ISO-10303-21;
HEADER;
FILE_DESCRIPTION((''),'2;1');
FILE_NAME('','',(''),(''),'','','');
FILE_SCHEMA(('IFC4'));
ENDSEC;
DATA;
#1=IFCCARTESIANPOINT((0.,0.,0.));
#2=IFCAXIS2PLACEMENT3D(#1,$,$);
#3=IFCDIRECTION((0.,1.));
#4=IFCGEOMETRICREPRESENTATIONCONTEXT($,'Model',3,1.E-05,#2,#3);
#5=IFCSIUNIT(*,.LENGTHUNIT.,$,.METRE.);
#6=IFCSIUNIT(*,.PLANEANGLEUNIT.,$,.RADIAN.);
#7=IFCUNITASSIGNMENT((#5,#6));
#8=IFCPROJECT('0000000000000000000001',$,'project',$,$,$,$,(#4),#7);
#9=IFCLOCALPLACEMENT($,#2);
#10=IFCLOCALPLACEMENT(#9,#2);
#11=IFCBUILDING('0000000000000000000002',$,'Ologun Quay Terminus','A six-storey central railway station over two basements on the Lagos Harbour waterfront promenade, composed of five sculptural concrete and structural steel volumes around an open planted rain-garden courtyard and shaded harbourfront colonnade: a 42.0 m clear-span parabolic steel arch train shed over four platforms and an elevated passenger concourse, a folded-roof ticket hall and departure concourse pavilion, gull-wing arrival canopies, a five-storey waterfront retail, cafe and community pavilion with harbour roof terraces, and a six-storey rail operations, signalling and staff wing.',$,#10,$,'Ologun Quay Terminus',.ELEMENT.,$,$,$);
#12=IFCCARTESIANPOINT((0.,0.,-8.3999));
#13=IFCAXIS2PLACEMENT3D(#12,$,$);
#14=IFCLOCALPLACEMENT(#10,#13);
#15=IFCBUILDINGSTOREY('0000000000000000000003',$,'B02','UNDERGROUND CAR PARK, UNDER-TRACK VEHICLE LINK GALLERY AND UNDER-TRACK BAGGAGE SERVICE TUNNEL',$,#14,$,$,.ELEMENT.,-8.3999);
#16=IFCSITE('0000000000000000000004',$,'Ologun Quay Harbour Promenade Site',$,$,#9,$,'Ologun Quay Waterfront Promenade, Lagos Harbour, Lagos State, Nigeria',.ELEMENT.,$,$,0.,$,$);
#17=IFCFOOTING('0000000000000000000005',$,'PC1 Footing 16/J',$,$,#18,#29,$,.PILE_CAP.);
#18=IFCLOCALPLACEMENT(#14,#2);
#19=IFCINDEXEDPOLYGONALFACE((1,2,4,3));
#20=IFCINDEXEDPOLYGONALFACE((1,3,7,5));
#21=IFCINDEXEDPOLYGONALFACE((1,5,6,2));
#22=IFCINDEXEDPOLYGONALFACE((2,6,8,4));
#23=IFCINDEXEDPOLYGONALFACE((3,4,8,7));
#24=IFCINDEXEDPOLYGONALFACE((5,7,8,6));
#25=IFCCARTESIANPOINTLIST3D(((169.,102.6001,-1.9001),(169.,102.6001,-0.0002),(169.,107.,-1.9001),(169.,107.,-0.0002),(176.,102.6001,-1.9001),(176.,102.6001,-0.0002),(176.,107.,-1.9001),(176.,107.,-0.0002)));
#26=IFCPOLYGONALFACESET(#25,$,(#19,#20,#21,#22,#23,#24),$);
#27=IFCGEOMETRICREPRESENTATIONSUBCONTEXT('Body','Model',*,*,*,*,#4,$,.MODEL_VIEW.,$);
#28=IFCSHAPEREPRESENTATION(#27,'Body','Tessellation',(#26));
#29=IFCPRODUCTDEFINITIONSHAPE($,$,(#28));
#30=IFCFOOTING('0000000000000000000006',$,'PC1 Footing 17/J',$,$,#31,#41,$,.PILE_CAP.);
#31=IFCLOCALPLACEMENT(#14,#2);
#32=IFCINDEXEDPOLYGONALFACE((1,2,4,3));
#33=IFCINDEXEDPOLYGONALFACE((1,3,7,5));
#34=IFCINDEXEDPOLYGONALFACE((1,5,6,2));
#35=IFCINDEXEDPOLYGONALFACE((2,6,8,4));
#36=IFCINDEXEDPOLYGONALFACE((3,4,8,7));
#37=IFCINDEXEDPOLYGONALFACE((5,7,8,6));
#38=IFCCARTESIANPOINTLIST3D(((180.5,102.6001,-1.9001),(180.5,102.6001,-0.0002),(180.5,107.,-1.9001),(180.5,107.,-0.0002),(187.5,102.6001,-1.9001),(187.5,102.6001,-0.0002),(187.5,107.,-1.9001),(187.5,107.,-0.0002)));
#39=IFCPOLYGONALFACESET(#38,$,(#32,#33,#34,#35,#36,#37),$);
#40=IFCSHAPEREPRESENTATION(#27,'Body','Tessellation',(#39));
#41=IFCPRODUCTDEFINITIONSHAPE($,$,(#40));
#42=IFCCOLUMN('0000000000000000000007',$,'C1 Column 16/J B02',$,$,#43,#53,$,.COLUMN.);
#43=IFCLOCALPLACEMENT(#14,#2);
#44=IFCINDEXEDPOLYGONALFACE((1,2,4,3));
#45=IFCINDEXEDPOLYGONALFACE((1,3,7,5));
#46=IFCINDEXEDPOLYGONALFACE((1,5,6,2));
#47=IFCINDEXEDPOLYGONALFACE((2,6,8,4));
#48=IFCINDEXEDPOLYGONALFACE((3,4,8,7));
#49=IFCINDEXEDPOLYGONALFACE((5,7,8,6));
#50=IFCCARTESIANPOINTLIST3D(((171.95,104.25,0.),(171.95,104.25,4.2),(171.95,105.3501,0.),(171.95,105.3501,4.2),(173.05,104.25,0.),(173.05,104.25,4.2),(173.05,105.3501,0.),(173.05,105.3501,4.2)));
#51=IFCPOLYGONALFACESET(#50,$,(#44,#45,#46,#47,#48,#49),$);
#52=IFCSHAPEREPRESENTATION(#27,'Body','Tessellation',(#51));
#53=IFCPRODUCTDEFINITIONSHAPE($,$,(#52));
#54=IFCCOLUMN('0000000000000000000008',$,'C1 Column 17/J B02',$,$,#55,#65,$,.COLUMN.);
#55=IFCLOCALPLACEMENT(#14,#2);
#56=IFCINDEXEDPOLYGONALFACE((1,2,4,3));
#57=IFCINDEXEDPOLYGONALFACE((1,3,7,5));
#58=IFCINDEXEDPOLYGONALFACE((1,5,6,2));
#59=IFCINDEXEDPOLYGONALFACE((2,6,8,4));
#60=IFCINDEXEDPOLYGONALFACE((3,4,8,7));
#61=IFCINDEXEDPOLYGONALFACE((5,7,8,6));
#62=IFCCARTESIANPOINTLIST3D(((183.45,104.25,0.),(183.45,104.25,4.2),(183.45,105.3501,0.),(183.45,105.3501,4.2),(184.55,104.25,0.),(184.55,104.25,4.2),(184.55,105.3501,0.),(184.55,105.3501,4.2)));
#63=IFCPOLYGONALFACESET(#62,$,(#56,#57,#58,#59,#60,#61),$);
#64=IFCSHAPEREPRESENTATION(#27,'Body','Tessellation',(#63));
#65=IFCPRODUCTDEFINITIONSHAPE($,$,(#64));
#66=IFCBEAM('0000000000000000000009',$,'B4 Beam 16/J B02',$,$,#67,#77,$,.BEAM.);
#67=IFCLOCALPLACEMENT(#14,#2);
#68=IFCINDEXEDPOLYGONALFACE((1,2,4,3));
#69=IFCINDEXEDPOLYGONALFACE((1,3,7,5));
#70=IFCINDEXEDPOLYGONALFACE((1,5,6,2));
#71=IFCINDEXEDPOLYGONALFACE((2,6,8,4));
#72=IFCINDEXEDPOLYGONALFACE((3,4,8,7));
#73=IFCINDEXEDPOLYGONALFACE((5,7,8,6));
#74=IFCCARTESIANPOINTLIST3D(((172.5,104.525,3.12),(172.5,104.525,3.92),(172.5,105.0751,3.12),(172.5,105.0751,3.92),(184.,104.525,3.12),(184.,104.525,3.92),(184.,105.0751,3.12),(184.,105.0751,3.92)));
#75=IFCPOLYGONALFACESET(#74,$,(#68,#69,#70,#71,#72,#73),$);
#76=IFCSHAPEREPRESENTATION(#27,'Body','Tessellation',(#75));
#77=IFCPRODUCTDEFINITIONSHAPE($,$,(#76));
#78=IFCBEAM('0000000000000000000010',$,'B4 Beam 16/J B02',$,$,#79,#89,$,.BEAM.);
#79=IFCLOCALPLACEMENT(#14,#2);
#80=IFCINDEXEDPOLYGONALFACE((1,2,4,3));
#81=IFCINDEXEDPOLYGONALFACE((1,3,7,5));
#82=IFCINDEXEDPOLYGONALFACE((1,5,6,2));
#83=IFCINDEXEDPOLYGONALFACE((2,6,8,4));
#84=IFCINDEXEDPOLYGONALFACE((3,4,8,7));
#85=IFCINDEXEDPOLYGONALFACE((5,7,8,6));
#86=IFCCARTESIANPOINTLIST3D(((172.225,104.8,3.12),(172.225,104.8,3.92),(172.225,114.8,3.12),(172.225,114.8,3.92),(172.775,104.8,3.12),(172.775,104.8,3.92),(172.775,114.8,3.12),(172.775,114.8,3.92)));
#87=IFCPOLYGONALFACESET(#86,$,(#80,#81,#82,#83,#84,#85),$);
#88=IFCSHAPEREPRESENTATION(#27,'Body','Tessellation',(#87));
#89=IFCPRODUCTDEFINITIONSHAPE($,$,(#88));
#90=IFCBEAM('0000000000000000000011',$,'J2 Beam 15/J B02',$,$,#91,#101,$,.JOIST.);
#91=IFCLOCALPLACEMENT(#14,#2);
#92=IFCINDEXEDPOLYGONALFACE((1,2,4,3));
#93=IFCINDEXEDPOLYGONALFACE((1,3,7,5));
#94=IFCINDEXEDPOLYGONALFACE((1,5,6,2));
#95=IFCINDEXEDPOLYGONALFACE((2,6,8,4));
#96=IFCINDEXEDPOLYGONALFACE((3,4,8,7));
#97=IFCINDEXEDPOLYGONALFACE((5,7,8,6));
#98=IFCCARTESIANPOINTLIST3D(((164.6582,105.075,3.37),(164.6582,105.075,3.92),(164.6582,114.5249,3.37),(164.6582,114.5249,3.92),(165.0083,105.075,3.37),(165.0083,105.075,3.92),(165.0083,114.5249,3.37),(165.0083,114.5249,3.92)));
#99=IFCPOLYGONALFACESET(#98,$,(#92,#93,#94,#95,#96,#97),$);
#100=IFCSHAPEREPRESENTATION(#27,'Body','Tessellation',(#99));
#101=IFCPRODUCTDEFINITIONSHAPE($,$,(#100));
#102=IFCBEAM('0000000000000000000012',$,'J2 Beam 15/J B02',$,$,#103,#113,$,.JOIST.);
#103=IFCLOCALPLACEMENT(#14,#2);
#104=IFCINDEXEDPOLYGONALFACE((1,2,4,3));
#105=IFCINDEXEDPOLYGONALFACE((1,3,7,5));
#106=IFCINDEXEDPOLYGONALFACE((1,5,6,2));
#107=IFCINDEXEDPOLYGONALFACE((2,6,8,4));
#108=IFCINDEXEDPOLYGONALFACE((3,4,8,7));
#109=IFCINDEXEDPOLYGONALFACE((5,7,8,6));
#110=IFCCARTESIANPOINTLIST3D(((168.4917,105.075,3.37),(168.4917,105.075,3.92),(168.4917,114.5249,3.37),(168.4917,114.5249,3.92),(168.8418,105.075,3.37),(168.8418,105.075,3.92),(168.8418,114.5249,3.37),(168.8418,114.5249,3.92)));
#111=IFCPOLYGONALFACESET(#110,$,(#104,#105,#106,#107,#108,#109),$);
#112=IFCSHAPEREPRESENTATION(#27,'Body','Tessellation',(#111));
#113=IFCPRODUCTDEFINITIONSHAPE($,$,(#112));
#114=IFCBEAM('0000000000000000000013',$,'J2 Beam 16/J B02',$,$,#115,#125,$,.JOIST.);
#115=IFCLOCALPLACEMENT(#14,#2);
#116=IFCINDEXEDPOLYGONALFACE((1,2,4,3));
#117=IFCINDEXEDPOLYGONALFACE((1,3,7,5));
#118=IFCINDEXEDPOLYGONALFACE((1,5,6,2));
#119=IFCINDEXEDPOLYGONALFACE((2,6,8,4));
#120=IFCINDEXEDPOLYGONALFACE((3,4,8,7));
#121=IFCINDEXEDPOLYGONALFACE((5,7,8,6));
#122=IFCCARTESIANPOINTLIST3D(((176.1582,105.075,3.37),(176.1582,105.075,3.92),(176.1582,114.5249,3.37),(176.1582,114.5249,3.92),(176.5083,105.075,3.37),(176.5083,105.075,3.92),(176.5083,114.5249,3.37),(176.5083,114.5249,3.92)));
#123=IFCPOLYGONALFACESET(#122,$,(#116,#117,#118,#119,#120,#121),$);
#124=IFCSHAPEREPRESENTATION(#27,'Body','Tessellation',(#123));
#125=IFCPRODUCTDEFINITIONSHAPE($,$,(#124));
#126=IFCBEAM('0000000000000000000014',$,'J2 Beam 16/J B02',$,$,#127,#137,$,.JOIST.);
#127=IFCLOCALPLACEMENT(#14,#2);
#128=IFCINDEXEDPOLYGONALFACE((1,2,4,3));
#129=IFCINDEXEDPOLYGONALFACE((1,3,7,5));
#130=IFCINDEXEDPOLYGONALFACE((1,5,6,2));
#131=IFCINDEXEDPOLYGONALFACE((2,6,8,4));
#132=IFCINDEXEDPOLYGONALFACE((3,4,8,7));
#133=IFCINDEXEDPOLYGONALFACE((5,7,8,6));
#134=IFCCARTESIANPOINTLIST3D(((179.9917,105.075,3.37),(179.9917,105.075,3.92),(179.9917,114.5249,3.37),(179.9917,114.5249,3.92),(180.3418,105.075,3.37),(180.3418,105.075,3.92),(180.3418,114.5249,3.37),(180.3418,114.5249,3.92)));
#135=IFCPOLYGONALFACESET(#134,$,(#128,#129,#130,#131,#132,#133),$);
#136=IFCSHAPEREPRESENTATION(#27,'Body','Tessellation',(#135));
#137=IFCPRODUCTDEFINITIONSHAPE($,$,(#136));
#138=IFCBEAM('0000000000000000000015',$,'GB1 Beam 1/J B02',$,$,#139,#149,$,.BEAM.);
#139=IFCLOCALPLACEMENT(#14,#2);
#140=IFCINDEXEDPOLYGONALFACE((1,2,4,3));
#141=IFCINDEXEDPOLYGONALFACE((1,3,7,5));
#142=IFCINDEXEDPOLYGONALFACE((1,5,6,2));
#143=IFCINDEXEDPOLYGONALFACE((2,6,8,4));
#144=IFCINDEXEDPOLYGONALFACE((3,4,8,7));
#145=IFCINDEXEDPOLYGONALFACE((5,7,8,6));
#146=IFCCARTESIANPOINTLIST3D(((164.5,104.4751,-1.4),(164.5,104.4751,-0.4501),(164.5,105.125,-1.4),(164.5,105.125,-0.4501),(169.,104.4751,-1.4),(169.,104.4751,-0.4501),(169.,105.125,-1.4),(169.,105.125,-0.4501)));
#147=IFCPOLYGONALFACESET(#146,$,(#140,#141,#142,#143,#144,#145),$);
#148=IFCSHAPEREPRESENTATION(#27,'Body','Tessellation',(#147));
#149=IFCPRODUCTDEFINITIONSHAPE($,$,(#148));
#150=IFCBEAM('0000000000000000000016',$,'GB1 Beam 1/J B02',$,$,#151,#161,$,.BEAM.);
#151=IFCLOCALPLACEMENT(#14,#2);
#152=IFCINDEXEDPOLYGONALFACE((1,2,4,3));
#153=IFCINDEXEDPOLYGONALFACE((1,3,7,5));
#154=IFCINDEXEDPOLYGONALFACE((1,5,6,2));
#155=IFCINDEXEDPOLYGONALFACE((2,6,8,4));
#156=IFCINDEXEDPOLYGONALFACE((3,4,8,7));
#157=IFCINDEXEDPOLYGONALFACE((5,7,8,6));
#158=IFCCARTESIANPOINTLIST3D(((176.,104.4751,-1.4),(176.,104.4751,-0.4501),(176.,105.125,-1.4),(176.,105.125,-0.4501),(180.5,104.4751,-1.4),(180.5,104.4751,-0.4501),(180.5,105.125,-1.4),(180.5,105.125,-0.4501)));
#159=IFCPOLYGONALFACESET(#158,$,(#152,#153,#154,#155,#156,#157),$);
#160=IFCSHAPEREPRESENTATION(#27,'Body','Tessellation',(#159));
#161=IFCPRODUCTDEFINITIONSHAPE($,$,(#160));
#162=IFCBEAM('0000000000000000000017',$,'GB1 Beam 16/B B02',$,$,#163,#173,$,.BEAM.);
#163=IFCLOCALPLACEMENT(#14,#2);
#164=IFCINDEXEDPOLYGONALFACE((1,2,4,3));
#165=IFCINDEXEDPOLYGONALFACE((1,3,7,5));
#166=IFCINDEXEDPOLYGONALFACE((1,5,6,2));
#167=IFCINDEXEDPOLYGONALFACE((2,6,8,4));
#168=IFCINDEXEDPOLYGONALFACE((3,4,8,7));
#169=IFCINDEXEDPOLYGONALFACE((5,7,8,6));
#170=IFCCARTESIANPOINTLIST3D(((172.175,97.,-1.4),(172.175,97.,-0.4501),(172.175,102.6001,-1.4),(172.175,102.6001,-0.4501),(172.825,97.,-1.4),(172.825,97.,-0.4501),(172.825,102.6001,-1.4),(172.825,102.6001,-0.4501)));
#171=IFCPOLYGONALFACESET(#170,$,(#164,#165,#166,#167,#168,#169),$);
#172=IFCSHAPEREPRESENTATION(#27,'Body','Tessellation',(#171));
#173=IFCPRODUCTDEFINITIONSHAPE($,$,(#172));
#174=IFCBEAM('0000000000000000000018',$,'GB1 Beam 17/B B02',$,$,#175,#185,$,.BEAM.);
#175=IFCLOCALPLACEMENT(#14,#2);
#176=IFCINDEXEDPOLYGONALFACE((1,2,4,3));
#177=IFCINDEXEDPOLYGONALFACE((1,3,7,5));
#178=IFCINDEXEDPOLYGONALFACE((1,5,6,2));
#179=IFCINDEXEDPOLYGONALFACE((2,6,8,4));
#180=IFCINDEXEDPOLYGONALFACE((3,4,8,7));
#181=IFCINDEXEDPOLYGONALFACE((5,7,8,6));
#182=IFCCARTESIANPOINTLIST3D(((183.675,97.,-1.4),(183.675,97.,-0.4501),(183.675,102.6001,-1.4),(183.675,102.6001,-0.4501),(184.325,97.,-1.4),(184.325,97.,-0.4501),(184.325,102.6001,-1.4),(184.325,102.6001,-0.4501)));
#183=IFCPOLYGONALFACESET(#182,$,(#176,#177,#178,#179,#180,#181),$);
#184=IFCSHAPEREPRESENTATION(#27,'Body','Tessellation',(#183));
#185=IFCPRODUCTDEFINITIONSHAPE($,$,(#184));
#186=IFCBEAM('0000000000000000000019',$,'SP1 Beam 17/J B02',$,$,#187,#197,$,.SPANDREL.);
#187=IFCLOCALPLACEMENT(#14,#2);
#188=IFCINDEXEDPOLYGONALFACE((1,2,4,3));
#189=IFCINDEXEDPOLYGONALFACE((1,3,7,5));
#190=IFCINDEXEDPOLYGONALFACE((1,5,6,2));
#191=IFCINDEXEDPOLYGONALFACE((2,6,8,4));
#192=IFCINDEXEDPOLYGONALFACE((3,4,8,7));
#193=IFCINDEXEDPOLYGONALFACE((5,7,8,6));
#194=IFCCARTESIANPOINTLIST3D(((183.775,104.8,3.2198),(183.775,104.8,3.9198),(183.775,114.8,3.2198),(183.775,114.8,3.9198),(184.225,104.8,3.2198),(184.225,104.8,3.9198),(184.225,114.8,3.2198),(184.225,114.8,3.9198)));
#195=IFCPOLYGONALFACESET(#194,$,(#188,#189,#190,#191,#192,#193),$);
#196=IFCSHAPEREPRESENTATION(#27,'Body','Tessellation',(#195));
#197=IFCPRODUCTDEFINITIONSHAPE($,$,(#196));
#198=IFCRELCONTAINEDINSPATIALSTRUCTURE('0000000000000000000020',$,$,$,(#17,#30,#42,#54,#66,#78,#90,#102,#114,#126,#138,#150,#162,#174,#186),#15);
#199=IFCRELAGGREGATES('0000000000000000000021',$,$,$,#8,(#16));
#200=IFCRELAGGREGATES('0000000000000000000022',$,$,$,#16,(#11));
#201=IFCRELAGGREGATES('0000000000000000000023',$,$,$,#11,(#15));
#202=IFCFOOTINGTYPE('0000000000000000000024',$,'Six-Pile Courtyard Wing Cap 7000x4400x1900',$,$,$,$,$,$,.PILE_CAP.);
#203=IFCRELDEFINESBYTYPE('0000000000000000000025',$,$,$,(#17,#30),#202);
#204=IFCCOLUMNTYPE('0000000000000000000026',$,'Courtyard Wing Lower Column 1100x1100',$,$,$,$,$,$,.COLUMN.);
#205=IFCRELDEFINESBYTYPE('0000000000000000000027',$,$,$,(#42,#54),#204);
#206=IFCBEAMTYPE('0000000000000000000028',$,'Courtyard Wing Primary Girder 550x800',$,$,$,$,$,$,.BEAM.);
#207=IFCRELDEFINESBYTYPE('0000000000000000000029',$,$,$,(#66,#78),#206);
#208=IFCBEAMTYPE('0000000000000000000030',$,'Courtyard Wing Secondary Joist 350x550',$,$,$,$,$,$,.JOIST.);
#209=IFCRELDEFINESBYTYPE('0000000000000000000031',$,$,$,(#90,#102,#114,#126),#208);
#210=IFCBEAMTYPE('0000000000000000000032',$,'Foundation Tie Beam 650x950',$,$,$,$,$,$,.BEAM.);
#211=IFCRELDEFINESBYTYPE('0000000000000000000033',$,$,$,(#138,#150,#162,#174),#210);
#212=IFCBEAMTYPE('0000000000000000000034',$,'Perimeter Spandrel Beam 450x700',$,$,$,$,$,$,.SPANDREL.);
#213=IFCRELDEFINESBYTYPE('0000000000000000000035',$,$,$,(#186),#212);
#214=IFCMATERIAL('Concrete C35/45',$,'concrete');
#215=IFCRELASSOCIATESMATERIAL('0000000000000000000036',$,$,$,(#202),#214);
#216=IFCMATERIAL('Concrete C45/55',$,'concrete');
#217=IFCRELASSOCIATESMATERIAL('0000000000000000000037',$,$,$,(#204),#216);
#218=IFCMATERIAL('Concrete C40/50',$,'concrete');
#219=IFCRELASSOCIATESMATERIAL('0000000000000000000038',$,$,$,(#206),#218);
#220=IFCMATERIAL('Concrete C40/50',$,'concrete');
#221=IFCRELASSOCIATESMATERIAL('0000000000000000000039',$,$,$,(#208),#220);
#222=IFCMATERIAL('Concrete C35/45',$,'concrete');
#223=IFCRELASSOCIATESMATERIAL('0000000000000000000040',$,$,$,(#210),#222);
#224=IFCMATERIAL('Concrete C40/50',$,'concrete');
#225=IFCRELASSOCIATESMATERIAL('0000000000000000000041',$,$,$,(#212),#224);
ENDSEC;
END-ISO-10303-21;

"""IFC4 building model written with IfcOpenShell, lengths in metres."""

from ifc_helpers import new_model, si_unit, direction, frame, origin, origin_2d, place, context, subcontext, project, spatial, rectangle, extrude, material, material_profile, profile_set, type_object, element, save


model = new_model("IFC4")

# Units and contexts
model_context = context("Model", 3, precision=1e-05, world=origin(), true_north=direction((0.0, 1.0)))
body_context = subcontext(model_context, "Body", "Model", "MODEL_VIEW")
ifc_project = project(units=[si_unit("LENGTHUNIT", "METRE"), si_unit("PLANEANGLEUNIT", "RADIAN")], contexts=[model_context])

# Site, building, storey
site_placement = place(None, origin())
site = spatial("IfcSite", under=ifc_project, at=site_placement, Name="Ologun Quay Harbour Promenade Site", LongName="Ologun Quay Waterfront Promenade, Lagos Harbour, Lagos State, Nigeria", CompositionType="ELEMENT", RefElevation=0.0)
building_placement = place(site_placement, origin())
building = spatial("IfcBuilding", under=site, at=building_placement, Name="Ologun Quay Terminus", Description="A six-storey central railway station over two basements on the Lagos Harbour waterfront promenade, composed of five sculptural concrete and structural steel volumes around an open planted rain-garden courtyard and shaded harbourfront colonnade: a 42.0 m clear-span parabolic steel arch train shed over four platforms and an elevated passenger concourse, a folded-roof ticket hall and departure concourse pavilion, gull-wing arrival canopies, a five-storey waterfront retail, cafe and community pavilion with harbour roof terraces, and a six-storey rail operations, signalling and staff wing.", LongName="Ologun Quay Terminus", CompositionType="ELEMENT")
storey_placement = place(building_placement, frame((0.0, 0.0, -8.3999)))
storey = spatial("IfcBuildingStorey", under=building, at=storey_placement, Name="B02", Description="UNDERGROUND CAR PARK, UNDER-TRACK VEHICLE LINK GALLERY AND UNDER-TRACK BAGGAGE SERVICE TUNNEL", CompositionType="ELEMENT", Elevation=-8.3999)

# Footings
ifc_material_1 = material(Name="Concrete C35/45", Category="concrete")
footing_type = type_object("IfcFootingType", Name="Six-Pile Courtyard Wing Cap 7000x4400x1900", PredefinedType="PILE_CAP", material=ifc_material_1)
for number, where, z_axis, x_axis, name in (
    (1, (172.5, 104.8, -1.9001), (0.0, 0.0, 1.0), (1.0, 0.0, 0.0), "PC1 Footing 16/J"),
    (2, (184.0, 104.8, -1.9001), (0.0, 0.0, 1.0), (1.0, 0.0, 0.0), "PC1 Footing 17/J"),
):
    element("IfcFooting", number, at=place(storey_placement, frame(where, z_axis=z_axis, x_axis=x_axis)), inside=storey, type_object=footing_type, Name=name, PredefinedType="PILE_CAP", context=body_context, shape_type="SweptSolid", body=[
        extrude(rectangle(XDim=7.0, YDim=4.3999, at=origin_2d()), origin(), (0.0, 0.0, 1.0), 1.8999),
    ])

# Columns
ifc_material_2 = material(Name="Concrete C45/55", Category="concrete")
ifc_material_profile_1 = material_profile(ifc_material_2, rectangle(XDim=1.1001, YDim=1.1001, at=origin_2d()), Name="RC 1100x1100")
ifc_profile_set_1 = profile_set([ifc_material_profile_1], Name="Concrete C45/55")
column_type = type_object("IfcColumnType", Name="Courtyard Wing Lower Column 1100x1100", PredefinedType="COLUMN", material=ifc_profile_set_1)
for number, where, z_axis, x_axis, name in (
    (3, (172.5, 104.8, 0.0), (0.0, 0.0, 1.0), (1.0, 0.0, 0.0), "C1 Column 16/J B02"),
    (4, (184.0, 104.8, 0.0), (0.0, 0.0, 1.0), (1.0, 0.0, 0.0), "C1 Column 17/J B02"),
):
    element("IfcColumn", number, at=place(storey_placement, frame(where, z_axis=z_axis, x_axis=x_axis)), inside=storey, type_object=column_type, Name=name, PredefinedType="COLUMN", context=body_context, shape_type="SweptSolid", body=[
        extrude(rectangle(XDim=1.1001, YDim=1.1001, at=origin_2d()), origin(), (0.0, 0.0, 1.0), 4.2),
    ])

# Beams
ifc_material_3 = material(Name="Concrete C40/50", Category="concrete")
ifc_material_profile_2 = material_profile(ifc_material_3, rectangle(XDim=0.55, YDim=0.8, at=origin_2d()), Name="RC 550x800")
ifc_profile_set_2 = profile_set([ifc_material_profile_2], Name="Concrete C40/50")
beam_type_1 = type_object("IfcBeamType", Name="Courtyard Wing Primary Girder 550x800", PredefinedType="BEAM", material=ifc_profile_set_2)
beam_1_placement = place(storey_placement, frame((172.5, 104.8, 3.52), z_axis=(1.0, 0.0, 0.0), x_axis=(0.0, 1.0, 0.0)))
element("IfcBeam", 5, at=beam_1_placement, inside=storey, type_object=beam_type_1, Name="B4 Beam 16/J B02", PredefinedType="BEAM", context=body_context, shape_type="SweptSolid", body=[
    extrude(rectangle(XDim=0.55, YDim=0.8, at=origin_2d()), origin(), (0.0, 0.0, 1.0), 11.5),
])
beam_2_placement = place(storey_placement, frame((172.5, 104.8, 3.52), z_axis=(0.0, 1.0, 0.0), x_axis=(-1.0, 0.0, 0.0)))
element("IfcBeam", 6, at=beam_2_placement, inside=storey, type_object=beam_type_1, Name="B4 Beam 16/J B02", PredefinedType="BEAM", context=body_context, shape_type="SweptSolid", body=[
    extrude(rectangle(XDim=0.55, YDim=0.8, at=origin_2d()), origin(), (0.0, 0.0, 1.0), 10.0),
])
ifc_material_4 = material(Name="Concrete C40/50", Category="concrete")
ifc_material_profile_3 = material_profile(ifc_material_4, rectangle(XDim=0.3501, YDim=0.55, at=origin_2d()), Name="RC 350x550")
ifc_profile_set_3 = profile_set([ifc_material_profile_3], Name="Concrete C40/50")
beam_type_2 = type_object("IfcBeamType", Name="Courtyard Wing Secondary Joist 350x550", PredefinedType="JOIST", material=ifc_profile_set_3)
for number, where, z_axis, x_axis, name in (
    (7, (164.8333, 105.075, 3.645), (0.0, 1.0, 0.0), (-1.0, 0.0, 0.0), "J2 Beam 15/J B02"),
    (8, (168.6667, 105.075, 3.645), (0.0, 1.0, 0.0), (-1.0, 0.0, 0.0), "J2 Beam 15/J B02"),
    (9, (176.3333, 105.075, 3.645), (0.0, 1.0, 0.0), (-1.0, 0.0, 0.0), "J2 Beam 16/J B02"),
    (10, (180.1667, 105.075, 3.645), (0.0, 1.0, 0.0), (-1.0, 0.0, 0.0), "J2 Beam 16/J B02"),
):
    element("IfcBeam", number, at=place(storey_placement, frame(where, z_axis=z_axis, x_axis=x_axis)), inside=storey, type_object=beam_type_2, Name=name, PredefinedType="JOIST", context=body_context, shape_type="SweptSolid", body=[
        extrude(rectangle(XDim=0.3501, YDim=0.55, at=origin_2d()), origin(), (0.0, 0.0, 1.0), 9.45),
    ])
ifc_material_5 = material(Name="Concrete C35/45", Category="concrete")
ifc_material_profile_4 = material_profile(ifc_material_5, rectangle(XDim=0.6499, YDim=0.95, at=origin_2d()), Name="RC 650x950")
ifc_profile_set_4 = profile_set([ifc_material_profile_4], Name="Concrete C35/45")
beam_type_3 = type_object("IfcBeamType", Name="Foundation Tie Beam 650x950", PredefinedType="BEAM", material=ifc_profile_set_4)
for number, where, z_axis, x_axis, name in (
    (11, (164.5, 104.8, -0.925), (1.0, 0.0, 0.0), (0.0, 1.0, 0.0), "GB1 Beam 1/J B02"),
    (12, (176.0, 104.8, -0.925), (1.0, 0.0, 0.0), (0.0, 1.0, 0.0), "GB1 Beam 1/J B02"),
):
    element("IfcBeam", number, at=place(storey_placement, frame(where, z_axis=z_axis, x_axis=x_axis)), inside=storey, type_object=beam_type_3, Name=name, PredefinedType="BEAM", context=body_context, shape_type="SweptSolid", body=[
        extrude(rectangle(XDim=0.6499, YDim=0.95, at=origin_2d()), origin(), (0.0, 0.0, 1.0), 4.5),
    ])
for number, where, z_axis, x_axis, name in (
    (13, (172.5, 97.0, -0.925), (0.0, 1.0, 0.0), (-1.0, 0.0, 0.0), "GB1 Beam 16/B B02"),
    (14, (184.0, 97.0, -0.925), (0.0, 1.0, 0.0), (-1.0, 0.0, 0.0), "GB1 Beam 17/B B02"),
):
    element("IfcBeam", number, at=place(storey_placement, frame(where, z_axis=z_axis, x_axis=x_axis)), inside=storey, type_object=beam_type_3, Name=name, PredefinedType="BEAM", context=body_context, shape_type="SweptSolid", body=[
        extrude(rectangle(XDim=0.6499, YDim=0.95, at=origin_2d()), origin(), (0.0, 0.0, 1.0), 5.6001),
    ])
ifc_material_6 = material(Name="Concrete C40/50", Category="concrete")
ifc_material_profile_5 = material_profile(ifc_material_6, rectangle(XDim=0.45, YDim=0.7, at=origin_2d()), Name="RC 450x700")
ifc_profile_set_5 = profile_set([ifc_material_profile_5], Name="Concrete C40/50")
beam_type_4 = type_object("IfcBeamType", Name="Perimeter Spandrel Beam 450x700", PredefinedType="SPANDREL", material=ifc_profile_set_5)
beam_3_placement = place(storey_placement, frame((184.0, 104.8, 3.5698), z_axis=(0.0, 1.0, 0.0), x_axis=(-1.0, 0.0, 0.0)))
element("IfcBeam", 15, at=beam_3_placement, inside=storey, type_object=beam_type_4, Name="SP1 Beam 17/J B02", PredefinedType="SPANDREL", context=body_context, shape_type="SweptSolid", body=[
    extrude(rectangle(XDim=0.45, YDim=0.7, at=origin_2d()), origin(), (0.0, 0.0, 1.0), 10.0),
])

save(model, "model.ifc")
